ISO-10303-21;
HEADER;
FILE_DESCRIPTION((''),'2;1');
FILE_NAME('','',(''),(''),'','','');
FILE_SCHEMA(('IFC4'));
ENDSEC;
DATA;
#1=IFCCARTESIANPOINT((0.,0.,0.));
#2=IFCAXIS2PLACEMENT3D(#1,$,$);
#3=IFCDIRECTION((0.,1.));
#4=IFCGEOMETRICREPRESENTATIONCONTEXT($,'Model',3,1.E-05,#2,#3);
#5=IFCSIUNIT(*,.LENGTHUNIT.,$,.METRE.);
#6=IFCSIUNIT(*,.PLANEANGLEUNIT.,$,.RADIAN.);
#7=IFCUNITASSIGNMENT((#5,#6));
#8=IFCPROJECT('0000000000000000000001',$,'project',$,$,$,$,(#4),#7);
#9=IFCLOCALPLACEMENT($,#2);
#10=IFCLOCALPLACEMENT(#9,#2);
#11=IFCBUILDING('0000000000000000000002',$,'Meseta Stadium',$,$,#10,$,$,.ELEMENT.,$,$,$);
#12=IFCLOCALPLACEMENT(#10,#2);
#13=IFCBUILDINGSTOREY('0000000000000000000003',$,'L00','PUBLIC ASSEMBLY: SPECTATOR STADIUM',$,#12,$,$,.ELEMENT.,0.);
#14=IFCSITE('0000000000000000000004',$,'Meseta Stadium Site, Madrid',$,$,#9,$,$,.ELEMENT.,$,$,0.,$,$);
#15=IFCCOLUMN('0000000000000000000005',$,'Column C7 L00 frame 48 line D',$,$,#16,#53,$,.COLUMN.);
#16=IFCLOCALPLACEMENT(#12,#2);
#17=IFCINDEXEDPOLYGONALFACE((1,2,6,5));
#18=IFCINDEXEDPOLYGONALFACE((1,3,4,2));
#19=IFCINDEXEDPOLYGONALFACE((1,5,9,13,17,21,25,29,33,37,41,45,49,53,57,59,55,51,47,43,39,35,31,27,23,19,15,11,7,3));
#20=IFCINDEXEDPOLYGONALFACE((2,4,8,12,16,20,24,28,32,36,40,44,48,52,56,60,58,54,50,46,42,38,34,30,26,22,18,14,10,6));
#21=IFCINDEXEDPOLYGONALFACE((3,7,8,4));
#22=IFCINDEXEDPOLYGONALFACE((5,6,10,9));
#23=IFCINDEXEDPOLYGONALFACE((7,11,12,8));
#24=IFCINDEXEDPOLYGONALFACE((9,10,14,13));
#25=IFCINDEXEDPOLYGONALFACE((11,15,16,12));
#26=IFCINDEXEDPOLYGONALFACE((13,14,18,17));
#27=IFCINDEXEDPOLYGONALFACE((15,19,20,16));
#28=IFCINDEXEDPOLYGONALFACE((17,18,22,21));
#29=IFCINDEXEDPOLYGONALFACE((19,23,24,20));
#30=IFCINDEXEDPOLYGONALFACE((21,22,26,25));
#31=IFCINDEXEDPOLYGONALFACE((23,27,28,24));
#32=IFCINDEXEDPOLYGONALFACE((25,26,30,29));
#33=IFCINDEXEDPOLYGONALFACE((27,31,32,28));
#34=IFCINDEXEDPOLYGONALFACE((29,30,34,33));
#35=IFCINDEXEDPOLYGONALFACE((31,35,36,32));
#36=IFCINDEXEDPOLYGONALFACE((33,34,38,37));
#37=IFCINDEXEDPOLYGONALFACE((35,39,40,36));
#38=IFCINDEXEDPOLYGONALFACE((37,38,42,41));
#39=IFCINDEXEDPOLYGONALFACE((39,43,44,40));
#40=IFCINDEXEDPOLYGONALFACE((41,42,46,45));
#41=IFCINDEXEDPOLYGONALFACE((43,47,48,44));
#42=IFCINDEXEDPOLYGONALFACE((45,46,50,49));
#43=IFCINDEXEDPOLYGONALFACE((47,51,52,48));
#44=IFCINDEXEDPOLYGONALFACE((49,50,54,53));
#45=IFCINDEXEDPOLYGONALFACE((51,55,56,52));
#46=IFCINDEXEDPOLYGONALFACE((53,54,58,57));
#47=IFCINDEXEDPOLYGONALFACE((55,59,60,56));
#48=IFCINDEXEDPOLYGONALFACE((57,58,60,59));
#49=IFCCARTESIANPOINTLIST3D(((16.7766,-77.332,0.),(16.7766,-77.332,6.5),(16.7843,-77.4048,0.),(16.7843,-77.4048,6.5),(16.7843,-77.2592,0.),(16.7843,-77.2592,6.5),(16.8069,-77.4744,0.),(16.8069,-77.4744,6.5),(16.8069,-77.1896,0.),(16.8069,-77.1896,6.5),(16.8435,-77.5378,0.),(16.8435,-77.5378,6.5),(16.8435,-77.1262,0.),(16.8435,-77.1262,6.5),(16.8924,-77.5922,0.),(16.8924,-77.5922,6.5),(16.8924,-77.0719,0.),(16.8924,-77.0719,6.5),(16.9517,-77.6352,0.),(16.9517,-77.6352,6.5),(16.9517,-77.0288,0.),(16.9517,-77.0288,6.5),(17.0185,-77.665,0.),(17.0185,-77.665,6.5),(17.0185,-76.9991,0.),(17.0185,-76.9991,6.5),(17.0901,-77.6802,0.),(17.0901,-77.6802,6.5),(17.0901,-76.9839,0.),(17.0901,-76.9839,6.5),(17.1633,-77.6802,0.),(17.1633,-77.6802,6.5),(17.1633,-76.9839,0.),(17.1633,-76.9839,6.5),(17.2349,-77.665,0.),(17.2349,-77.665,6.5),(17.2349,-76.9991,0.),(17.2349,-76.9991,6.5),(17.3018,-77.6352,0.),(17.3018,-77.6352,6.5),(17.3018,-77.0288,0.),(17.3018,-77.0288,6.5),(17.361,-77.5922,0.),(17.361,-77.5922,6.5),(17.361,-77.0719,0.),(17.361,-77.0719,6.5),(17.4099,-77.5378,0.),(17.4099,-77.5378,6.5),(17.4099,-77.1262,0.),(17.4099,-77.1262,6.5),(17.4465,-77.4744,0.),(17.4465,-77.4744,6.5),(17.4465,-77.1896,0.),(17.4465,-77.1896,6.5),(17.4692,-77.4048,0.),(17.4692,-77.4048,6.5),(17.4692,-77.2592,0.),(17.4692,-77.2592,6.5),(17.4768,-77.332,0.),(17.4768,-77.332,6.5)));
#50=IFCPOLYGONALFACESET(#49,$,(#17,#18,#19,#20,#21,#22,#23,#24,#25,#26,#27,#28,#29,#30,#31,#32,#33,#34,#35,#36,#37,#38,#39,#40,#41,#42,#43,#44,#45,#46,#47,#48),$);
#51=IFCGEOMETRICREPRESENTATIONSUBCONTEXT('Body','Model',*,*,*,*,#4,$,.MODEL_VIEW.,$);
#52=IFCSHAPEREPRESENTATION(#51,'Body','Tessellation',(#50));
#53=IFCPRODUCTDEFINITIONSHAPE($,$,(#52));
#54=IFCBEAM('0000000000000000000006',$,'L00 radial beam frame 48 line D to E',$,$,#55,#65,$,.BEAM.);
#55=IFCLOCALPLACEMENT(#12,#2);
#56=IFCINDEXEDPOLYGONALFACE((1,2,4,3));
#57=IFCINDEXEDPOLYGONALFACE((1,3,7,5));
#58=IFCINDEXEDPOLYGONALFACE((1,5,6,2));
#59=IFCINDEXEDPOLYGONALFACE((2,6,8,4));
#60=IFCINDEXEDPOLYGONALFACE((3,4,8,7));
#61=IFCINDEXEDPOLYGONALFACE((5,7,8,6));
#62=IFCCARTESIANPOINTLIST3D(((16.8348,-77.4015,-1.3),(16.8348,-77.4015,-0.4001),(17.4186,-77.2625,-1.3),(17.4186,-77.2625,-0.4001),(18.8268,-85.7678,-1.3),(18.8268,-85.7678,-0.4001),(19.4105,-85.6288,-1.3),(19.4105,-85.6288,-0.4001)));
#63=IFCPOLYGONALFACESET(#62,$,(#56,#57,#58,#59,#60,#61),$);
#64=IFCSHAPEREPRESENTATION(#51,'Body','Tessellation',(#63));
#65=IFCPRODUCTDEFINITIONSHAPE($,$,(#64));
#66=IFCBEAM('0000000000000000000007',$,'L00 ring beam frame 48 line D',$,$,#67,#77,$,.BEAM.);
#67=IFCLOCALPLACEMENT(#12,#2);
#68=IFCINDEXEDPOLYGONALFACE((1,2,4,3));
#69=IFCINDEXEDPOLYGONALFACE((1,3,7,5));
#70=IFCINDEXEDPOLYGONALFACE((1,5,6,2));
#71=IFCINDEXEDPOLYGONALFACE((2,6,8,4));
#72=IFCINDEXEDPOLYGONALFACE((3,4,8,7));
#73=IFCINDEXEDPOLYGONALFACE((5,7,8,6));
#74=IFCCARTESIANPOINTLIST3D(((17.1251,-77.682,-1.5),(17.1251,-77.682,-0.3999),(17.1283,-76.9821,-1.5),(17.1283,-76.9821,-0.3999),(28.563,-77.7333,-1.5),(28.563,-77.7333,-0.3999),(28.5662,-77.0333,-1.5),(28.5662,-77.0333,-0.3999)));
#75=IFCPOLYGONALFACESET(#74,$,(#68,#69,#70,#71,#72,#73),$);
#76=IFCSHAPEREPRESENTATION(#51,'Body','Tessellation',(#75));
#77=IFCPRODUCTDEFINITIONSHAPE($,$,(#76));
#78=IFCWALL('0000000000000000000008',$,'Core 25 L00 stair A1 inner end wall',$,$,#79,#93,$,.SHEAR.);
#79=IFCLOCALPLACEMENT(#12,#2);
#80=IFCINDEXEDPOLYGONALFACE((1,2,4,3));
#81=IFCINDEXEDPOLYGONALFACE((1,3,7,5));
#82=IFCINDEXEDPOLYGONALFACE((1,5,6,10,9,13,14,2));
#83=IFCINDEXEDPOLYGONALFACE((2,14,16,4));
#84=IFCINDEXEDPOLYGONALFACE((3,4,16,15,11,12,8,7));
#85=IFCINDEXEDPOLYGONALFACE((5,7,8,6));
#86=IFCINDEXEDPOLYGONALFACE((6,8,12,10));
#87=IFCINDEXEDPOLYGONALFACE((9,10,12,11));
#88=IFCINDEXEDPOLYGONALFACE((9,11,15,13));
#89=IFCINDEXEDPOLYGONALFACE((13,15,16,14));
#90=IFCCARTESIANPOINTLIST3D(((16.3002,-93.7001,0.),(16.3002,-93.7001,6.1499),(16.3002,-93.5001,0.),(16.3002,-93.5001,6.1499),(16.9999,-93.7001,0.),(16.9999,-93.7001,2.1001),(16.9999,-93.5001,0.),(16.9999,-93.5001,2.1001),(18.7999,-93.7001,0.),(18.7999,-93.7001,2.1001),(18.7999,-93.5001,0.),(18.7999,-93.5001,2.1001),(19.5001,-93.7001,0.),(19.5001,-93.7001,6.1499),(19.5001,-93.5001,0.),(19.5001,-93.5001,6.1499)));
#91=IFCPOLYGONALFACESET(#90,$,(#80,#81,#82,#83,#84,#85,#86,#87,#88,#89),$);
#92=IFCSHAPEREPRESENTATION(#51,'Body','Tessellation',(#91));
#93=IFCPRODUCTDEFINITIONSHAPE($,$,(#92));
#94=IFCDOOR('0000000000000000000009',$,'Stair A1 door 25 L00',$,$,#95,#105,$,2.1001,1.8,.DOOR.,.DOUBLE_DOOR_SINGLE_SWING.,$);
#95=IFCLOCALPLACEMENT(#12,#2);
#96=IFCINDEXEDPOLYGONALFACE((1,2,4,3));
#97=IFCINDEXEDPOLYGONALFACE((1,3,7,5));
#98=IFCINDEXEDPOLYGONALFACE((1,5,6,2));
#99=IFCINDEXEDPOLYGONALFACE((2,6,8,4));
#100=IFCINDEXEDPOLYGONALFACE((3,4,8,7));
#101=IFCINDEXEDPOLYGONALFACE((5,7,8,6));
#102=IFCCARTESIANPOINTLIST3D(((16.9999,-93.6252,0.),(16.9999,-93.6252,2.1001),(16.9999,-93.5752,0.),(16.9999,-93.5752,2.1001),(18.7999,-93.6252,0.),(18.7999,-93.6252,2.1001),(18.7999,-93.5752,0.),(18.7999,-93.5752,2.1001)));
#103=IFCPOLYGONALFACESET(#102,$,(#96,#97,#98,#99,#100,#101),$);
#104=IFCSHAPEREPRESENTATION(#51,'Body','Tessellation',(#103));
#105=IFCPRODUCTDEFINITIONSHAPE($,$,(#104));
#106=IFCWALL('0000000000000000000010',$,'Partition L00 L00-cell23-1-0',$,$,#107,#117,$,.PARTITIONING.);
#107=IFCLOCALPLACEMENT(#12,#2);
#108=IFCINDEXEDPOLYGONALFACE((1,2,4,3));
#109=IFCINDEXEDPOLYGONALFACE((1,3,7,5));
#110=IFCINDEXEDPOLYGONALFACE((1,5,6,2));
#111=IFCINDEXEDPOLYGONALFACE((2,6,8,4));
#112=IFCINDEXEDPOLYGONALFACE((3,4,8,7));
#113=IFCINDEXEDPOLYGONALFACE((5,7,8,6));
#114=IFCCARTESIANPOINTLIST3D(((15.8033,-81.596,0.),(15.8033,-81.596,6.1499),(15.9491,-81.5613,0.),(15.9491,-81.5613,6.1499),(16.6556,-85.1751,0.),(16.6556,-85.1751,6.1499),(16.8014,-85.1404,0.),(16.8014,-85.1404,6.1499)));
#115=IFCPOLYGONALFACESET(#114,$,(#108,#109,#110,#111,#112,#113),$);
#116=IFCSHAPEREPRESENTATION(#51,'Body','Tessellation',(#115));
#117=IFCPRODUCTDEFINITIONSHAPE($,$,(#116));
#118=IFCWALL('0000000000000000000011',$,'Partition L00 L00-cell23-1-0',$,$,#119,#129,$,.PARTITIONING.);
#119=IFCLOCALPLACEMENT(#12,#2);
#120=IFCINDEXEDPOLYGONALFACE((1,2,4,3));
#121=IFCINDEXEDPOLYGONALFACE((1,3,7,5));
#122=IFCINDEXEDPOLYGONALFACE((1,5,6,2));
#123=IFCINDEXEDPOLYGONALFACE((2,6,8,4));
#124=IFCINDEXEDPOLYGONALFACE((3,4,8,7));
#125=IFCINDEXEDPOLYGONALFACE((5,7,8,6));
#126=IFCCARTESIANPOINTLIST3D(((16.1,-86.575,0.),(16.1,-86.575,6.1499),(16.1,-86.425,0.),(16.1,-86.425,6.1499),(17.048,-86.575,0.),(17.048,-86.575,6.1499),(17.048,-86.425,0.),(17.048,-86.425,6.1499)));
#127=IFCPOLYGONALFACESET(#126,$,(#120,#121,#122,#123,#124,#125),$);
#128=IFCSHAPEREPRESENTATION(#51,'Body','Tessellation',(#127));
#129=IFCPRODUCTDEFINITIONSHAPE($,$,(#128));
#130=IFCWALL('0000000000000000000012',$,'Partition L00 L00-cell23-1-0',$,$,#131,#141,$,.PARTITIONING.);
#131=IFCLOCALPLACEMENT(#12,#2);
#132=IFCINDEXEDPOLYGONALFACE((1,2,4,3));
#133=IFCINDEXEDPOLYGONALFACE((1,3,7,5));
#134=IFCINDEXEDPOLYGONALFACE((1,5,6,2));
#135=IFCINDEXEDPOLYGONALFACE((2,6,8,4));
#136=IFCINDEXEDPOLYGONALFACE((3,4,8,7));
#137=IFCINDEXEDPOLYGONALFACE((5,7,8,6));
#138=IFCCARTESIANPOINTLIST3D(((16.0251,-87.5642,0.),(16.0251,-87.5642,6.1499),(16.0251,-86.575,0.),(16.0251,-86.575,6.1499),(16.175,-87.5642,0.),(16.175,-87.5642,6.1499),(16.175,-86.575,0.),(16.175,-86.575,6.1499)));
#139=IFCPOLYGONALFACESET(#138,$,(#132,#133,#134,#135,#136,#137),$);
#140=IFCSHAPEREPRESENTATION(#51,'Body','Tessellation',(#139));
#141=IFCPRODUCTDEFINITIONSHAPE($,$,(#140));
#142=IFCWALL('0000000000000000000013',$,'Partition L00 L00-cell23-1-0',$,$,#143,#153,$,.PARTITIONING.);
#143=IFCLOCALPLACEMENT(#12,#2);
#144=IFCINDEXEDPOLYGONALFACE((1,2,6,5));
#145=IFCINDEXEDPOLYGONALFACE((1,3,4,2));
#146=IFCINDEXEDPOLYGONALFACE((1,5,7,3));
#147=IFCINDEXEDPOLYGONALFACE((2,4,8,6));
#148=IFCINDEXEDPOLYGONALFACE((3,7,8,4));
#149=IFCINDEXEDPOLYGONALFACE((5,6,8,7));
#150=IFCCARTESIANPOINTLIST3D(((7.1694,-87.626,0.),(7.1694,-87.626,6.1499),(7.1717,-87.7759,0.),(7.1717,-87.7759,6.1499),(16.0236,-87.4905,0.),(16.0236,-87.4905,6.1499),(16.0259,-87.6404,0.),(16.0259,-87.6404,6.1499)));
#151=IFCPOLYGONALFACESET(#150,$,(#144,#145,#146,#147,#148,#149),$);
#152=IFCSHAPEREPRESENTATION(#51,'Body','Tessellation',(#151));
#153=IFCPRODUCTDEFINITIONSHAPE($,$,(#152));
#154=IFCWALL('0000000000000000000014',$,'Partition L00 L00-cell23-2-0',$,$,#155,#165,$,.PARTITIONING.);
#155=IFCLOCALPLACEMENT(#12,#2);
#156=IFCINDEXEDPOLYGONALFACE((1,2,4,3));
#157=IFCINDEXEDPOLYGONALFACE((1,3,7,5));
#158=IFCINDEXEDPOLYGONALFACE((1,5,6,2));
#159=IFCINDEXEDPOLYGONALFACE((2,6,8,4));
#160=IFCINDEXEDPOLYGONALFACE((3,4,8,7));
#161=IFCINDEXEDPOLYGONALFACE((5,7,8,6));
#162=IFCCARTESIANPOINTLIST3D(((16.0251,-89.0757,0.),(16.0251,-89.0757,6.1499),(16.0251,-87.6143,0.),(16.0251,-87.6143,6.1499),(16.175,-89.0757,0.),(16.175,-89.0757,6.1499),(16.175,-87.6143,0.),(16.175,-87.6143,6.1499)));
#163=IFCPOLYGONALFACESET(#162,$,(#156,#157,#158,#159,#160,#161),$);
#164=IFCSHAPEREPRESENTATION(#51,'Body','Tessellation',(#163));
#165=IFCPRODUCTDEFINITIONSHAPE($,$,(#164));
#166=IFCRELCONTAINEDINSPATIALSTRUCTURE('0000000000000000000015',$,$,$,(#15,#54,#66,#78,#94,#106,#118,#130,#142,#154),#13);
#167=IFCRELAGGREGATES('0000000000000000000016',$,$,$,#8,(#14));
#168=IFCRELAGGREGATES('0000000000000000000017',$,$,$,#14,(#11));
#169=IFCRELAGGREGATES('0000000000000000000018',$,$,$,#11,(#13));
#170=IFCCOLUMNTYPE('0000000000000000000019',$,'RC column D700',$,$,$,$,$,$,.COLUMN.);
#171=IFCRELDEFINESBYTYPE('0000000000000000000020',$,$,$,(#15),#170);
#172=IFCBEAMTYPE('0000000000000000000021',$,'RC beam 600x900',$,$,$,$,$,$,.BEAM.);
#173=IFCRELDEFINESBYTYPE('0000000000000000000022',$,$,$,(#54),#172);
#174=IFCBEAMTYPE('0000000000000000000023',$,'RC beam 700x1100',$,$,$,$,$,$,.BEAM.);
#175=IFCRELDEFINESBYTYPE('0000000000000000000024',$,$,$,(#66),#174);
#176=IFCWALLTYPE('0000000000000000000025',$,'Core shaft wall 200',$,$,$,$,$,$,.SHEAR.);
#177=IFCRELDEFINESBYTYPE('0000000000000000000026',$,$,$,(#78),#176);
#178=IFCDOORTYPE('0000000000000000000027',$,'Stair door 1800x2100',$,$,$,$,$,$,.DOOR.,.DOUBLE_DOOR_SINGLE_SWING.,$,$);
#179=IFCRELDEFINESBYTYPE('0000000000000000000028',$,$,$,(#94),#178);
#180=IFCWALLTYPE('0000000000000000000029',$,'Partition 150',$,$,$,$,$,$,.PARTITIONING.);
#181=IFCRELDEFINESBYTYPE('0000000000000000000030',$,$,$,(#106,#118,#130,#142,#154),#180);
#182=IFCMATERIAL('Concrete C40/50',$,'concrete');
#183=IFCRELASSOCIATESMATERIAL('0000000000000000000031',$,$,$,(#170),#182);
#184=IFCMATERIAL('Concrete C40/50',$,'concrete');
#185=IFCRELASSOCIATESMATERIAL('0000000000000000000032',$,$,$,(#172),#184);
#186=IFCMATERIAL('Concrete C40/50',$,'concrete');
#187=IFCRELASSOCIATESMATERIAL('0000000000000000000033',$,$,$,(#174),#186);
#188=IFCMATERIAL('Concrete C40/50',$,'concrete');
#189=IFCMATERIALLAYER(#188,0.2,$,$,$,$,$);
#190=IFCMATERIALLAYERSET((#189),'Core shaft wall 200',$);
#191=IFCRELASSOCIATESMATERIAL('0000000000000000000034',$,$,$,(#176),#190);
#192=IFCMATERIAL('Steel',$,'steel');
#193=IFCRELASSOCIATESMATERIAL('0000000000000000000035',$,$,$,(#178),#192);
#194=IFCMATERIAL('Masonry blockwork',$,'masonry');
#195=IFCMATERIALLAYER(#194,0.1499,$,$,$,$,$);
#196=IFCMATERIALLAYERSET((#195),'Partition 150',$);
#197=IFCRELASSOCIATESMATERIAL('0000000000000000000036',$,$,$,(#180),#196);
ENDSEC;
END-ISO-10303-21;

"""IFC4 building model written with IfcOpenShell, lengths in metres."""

from ifc_helpers import new_model, si_unit, direction, frame, frame_2d, origin, origin_2d, place, context, subcontext, project, spatial, rectangle, circle, extrude, material, layer, layer_set, material_profile, profile_set, type_object, element, fill, save


model = new_model("IFC4")

# Units and contexts
model_context = context("Model", 3, precision=1e-05, world=origin(), true_north=direction((0.0, 1.0)))
body_context = subcontext(model_context, "Body", "Model", "MODEL_VIEW")
ifc_project = project(units=[si_unit("LENGTHUNIT", "METRE"), si_unit("PLANEANGLEUNIT", "RADIAN")], contexts=[model_context])

# Site, building, storey
site_placement = place(None, origin())
site = spatial("IfcSite", under=ifc_project, at=site_placement, Name="Meseta Stadium Site, Madrid", CompositionType="ELEMENT", RefElevation=0.0)
building_placement = place(site_placement, origin())
building = spatial("IfcBuilding", under=site, at=building_placement, Name="Meseta Stadium", CompositionType="ELEMENT")
storey_placement = place(building_placement, origin())
storey = spatial("IfcBuildingStorey", under=building, at=storey_placement, Name="L00", Description="PUBLIC ASSEMBLY: SPECTATOR STADIUM", CompositionType="ELEMENT", Elevation=0.0)

# Column
ifc_material_1 = material(Name="Concrete C40/50", Category="concrete")
ifc_material_profile_1 = material_profile(ifc_material_1, circle(Radius=0.3501, at=origin_2d()), Name="RC D700")
ifc_profile_set_1 = profile_set([ifc_material_profile_1], Name="Concrete C40/50")
column_type = type_object("IfcColumnType", Name="RC column D700", PredefinedType="COLUMN", material=ifc_profile_set_1)
column_placement = place(storey_placement, frame((17.1267, -77.332, 0.0), z_axis=(0.0, 0.0, 1.0), x_axis=(1.0, 0.0, 0.0)))
element("IfcColumn", 1, at=column_placement, inside=storey, type_object=column_type, Name="Column C7 L00 frame 48 line D", PredefinedType="COLUMN", context=body_context, shape_type="SweptSolid", body=[
    extrude(circle(Radius=0.3501, at=origin_2d()), origin(), (0.0, 0.0, 1.0), 6.5),
])

# Beams
ifc_material_2 = material(Name="Concrete C40/50", Category="concrete")
ifc_material_profile_2 = material_profile(ifc_material_2, rectangle(XDim=0.6001, YDim=0.8999, at=origin_2d()), Name="RC 600x900")
ifc_profile_set_2 = profile_set([ifc_material_profile_2], Name="Concrete C40/50")
beam_type_1 = type_object("IfcBeamType", Name="RC beam 600x900", PredefinedType="BEAM", material=ifc_profile_set_2)
beam_1_placement = place(storey_placement, frame((17.1267, -77.332, -0.8501), z_axis=(0.231619, -0.972807, 0.0), x_axis=(0.972807, 0.231619, 0.0)))
element("IfcBeam", 2, at=beam_1_placement, inside=storey, type_object=beam_type_1, Name="L00 radial beam frame 48 line D to E", PredefinedType="BEAM", context=body_context, shape_type="SweptSolid", body=[
    extrude(rectangle(XDim=0.6001, YDim=0.8999, at=origin_2d()), origin(), (0.0, 0.0, 1.0), 8.6001),
])
ifc_material_3 = material(Name="Concrete C40/50", Category="concrete")
ifc_material_profile_3 = material_profile(ifc_material_3, rectangle(XDim=0.7, YDim=1.1001, at=origin_2d()), Name="RC 700x1100")
ifc_profile_set_3 = profile_set([ifc_material_profile_3], Name="Concrete C40/50")
beam_type_2 = type_object("IfcBeamType", Name="RC beam 700x1100", PredefinedType="BEAM", material=ifc_profile_set_3)
beam_2_placement = place(storey_placement, frame((17.1267, -77.332, -0.95), z_axis=(0.99999, -0.004482, 0.0), x_axis=(0.004482, 0.99999, 0.0)))
element("IfcBeam", 3, at=beam_2_placement, inside=storey, type_object=beam_type_2, Name="L00 ring beam frame 48 line D", PredefinedType="BEAM", context=body_context, shape_type="SweptSolid", body=[
    extrude(rectangle(XDim=0.7, YDim=1.1001, at=origin_2d()), origin(), (0.0, 0.0, 1.0), 11.438),
])

# Wall, opening, door
ifc_material_4 = material(Name="Concrete C40/50", Category="concrete")
ifc_layer_1 = layer(ifc_material_4, 0.2)
ifc_layer_set_1 = layer_set([ifc_layer_1], Name="Core shaft wall 200")
wall_type_1 = type_object("IfcWallType", Name="Core shaft wall 200", PredefinedType="SHEAR", material=ifc_layer_set_1)
wall_1_placement = place(storey_placement, frame((16.3, -93.6001, 0.0), z_axis=(0.0, 0.0, 1.0), x_axis=(1.0, 0.0, 0.0)))
wall_1 = element("IfcWall", 4, at=wall_1_placement, inside=storey, type_object=wall_type_1, Name="Core 25 L00 stair A1 inner end wall", PredefinedType="SHEAR", context=body_context, shape_type="SweptSolid", body=[
    extrude(rectangle(XDim=3.2, YDim=0.2, at=frame_2d((1.6001, 0.0))), origin(), (0.0, 0.0, 1.0), 6.1499),
])
opening_1_placement = place(wall_1_placement, frame((0.7, 0.0, 0.0)))
opening_1 = element("IfcOpeningElement", 5, at=opening_1_placement, cuts=wall_1, PredefinedType="OPENING", context=body_context, shape_type="SweptSolid", body=[
    extrude(rectangle(XDim=1.8, YDim=2.1001, at=frame_2d((0.8999, 1.05))), frame((0.0, 0.1099, 0.0), z_axis=(0.0, -1.0, 0.0), x_axis=(1.0, 0.0, 0.0)), (0.0, 0.0, 1.0), 0.22),
])
ifc_material_5 = material(Name="Steel", Category="steel")
door_type_1 = type_object("IfcDoorType", Name="Stair door 1800x2100", OperationType="DOUBLE_DOOR_SINGLE_SWING", PredefinedType="DOOR", material=ifc_material_5)
door_1_placement = place(opening_1_placement, origin())
door_1 = element("IfcDoor", 6, at=door_1_placement, inside=storey, type_object=door_type_1, Name="Stair A1 door 25 L00", OperationType="DOUBLE_DOOR_SINGLE_SWING", OverallHeight=2.1001, OverallWidth=1.8, PredefinedType="DOOR", context=body_context, shape_type="SweptSolid", body=[
    extrude(rectangle(XDim=1.8, YDim=2.1001, at=frame_2d((0.8999, 1.05))), frame((0.0, 0.0249, 0.0), z_axis=(0.0, -1.0, 0.0), x_axis=(1.0, 0.0, 0.0)), (0.0, 0.0, 1.0), 0.05),
])
fill(opening_1, door_1)

# Walls
ifc_material_6 = material(Name="Masonry blockwork", Category="masonry")
ifc_layer_2 = layer(ifc_material_6, 0.1499)
ifc_layer_set_2 = layer_set([ifc_layer_2], Name="Partition 150")
wall_type_2 = type_object("IfcWallType", Name="Partition 150", PredefinedType="PARTITIONING", material=ifc_layer_set_2)
wall_2_placement = place(storey_placement, frame((15.8762, -81.5786, 0.0), z_axis=(0.0, 0.0, 1.0), x_axis=(0.231653, -0.972798, 0.0)))
element("IfcWall", 7, at=wall_2_placement, inside=storey, type_object=wall_type_2, Name="Partition L00 L00-cell23-1-0", PredefinedType="PARTITIONING", context=body_context, shape_type="SweptSolid", body=[
    extrude(rectangle(XDim=3.6792, YDim=0.1499, at=frame_2d((1.8396, 0.0))), origin(), (0.0, 0.0, 1.0), 6.1499),
])
wall_3_placement = place(storey_placement, frame((17.0481, -86.5, 0.0), z_axis=(0.0, 0.0, 1.0), x_axis=(-1.0, 0.0, 0.0)))
element("IfcWall", 8, at=wall_3_placement, inside=storey, type_object=wall_type_2, Name="Partition L00 L00-cell23-1-0", PredefinedType="PARTITIONING", context=body_context, shape_type="SweptSolid", body=[
    extrude(rectangle(XDim=0.948, YDim=0.1499, at=frame_2d((0.4741, 0.0))), origin(), (0.0, 0.0, 1.0), 6.1499),
])
wall_4_placement = place(storey_placement, frame((16.1001, -86.575, 0.0), z_axis=(0.0, 0.0, 1.0), x_axis=(0.0, -1.0, 0.0)))
element("IfcWall", 9, at=wall_4_placement, inside=storey, type_object=wall_type_2, Name="Partition L00 L00-cell23-1-0", PredefinedType="PARTITIONING", context=body_context, shape_type="SweptSolid", body=[
    extrude(rectangle(XDim=0.9893, YDim=0.1499, at=frame_2d((0.4946, 0.0))), origin(), (0.0, 0.0, 1.0), 6.1499),
])
wall_5_placement = place(storey_placement, frame((16.0249, -87.5654, 0.0), z_axis=(0.0, 0.0, 1.0), x_axis=(-0.999883, -0.015301, 0.0)))
element("IfcWall", 10, at=wall_5_placement, inside=storey, type_object=wall_type_2, Name="Partition L00 L00-cell23-1-0", PredefinedType="PARTITIONING", context=body_context, shape_type="SweptSolid", body=[
    extrude(rectangle(XDim=8.8552, YDim=0.1499, at=frame_2d((4.4277, 0.0))), origin(), (0.0, 0.0, 1.0), 6.1499),
])
wall_6_placement = place(storey_placement, frame((16.1001, -87.6143, 0.0), z_axis=(0.0, 0.0, 1.0), x_axis=(0.0, -1.0, 0.0)))
element("IfcWall", 11, at=wall_6_placement, inside=storey, type_object=wall_type_2, Name="Partition L00 L00-cell23-2-0", PredefinedType="PARTITIONING", context=body_context, shape_type="SweptSolid", body=[
    extrude(rectangle(XDim=1.4614, YDim=0.1499, at=frame_2d((0.7307, 0.0))), origin(), (0.0, 0.0, 1.0), 6.1499),
])

save(model, "model.ifc")
